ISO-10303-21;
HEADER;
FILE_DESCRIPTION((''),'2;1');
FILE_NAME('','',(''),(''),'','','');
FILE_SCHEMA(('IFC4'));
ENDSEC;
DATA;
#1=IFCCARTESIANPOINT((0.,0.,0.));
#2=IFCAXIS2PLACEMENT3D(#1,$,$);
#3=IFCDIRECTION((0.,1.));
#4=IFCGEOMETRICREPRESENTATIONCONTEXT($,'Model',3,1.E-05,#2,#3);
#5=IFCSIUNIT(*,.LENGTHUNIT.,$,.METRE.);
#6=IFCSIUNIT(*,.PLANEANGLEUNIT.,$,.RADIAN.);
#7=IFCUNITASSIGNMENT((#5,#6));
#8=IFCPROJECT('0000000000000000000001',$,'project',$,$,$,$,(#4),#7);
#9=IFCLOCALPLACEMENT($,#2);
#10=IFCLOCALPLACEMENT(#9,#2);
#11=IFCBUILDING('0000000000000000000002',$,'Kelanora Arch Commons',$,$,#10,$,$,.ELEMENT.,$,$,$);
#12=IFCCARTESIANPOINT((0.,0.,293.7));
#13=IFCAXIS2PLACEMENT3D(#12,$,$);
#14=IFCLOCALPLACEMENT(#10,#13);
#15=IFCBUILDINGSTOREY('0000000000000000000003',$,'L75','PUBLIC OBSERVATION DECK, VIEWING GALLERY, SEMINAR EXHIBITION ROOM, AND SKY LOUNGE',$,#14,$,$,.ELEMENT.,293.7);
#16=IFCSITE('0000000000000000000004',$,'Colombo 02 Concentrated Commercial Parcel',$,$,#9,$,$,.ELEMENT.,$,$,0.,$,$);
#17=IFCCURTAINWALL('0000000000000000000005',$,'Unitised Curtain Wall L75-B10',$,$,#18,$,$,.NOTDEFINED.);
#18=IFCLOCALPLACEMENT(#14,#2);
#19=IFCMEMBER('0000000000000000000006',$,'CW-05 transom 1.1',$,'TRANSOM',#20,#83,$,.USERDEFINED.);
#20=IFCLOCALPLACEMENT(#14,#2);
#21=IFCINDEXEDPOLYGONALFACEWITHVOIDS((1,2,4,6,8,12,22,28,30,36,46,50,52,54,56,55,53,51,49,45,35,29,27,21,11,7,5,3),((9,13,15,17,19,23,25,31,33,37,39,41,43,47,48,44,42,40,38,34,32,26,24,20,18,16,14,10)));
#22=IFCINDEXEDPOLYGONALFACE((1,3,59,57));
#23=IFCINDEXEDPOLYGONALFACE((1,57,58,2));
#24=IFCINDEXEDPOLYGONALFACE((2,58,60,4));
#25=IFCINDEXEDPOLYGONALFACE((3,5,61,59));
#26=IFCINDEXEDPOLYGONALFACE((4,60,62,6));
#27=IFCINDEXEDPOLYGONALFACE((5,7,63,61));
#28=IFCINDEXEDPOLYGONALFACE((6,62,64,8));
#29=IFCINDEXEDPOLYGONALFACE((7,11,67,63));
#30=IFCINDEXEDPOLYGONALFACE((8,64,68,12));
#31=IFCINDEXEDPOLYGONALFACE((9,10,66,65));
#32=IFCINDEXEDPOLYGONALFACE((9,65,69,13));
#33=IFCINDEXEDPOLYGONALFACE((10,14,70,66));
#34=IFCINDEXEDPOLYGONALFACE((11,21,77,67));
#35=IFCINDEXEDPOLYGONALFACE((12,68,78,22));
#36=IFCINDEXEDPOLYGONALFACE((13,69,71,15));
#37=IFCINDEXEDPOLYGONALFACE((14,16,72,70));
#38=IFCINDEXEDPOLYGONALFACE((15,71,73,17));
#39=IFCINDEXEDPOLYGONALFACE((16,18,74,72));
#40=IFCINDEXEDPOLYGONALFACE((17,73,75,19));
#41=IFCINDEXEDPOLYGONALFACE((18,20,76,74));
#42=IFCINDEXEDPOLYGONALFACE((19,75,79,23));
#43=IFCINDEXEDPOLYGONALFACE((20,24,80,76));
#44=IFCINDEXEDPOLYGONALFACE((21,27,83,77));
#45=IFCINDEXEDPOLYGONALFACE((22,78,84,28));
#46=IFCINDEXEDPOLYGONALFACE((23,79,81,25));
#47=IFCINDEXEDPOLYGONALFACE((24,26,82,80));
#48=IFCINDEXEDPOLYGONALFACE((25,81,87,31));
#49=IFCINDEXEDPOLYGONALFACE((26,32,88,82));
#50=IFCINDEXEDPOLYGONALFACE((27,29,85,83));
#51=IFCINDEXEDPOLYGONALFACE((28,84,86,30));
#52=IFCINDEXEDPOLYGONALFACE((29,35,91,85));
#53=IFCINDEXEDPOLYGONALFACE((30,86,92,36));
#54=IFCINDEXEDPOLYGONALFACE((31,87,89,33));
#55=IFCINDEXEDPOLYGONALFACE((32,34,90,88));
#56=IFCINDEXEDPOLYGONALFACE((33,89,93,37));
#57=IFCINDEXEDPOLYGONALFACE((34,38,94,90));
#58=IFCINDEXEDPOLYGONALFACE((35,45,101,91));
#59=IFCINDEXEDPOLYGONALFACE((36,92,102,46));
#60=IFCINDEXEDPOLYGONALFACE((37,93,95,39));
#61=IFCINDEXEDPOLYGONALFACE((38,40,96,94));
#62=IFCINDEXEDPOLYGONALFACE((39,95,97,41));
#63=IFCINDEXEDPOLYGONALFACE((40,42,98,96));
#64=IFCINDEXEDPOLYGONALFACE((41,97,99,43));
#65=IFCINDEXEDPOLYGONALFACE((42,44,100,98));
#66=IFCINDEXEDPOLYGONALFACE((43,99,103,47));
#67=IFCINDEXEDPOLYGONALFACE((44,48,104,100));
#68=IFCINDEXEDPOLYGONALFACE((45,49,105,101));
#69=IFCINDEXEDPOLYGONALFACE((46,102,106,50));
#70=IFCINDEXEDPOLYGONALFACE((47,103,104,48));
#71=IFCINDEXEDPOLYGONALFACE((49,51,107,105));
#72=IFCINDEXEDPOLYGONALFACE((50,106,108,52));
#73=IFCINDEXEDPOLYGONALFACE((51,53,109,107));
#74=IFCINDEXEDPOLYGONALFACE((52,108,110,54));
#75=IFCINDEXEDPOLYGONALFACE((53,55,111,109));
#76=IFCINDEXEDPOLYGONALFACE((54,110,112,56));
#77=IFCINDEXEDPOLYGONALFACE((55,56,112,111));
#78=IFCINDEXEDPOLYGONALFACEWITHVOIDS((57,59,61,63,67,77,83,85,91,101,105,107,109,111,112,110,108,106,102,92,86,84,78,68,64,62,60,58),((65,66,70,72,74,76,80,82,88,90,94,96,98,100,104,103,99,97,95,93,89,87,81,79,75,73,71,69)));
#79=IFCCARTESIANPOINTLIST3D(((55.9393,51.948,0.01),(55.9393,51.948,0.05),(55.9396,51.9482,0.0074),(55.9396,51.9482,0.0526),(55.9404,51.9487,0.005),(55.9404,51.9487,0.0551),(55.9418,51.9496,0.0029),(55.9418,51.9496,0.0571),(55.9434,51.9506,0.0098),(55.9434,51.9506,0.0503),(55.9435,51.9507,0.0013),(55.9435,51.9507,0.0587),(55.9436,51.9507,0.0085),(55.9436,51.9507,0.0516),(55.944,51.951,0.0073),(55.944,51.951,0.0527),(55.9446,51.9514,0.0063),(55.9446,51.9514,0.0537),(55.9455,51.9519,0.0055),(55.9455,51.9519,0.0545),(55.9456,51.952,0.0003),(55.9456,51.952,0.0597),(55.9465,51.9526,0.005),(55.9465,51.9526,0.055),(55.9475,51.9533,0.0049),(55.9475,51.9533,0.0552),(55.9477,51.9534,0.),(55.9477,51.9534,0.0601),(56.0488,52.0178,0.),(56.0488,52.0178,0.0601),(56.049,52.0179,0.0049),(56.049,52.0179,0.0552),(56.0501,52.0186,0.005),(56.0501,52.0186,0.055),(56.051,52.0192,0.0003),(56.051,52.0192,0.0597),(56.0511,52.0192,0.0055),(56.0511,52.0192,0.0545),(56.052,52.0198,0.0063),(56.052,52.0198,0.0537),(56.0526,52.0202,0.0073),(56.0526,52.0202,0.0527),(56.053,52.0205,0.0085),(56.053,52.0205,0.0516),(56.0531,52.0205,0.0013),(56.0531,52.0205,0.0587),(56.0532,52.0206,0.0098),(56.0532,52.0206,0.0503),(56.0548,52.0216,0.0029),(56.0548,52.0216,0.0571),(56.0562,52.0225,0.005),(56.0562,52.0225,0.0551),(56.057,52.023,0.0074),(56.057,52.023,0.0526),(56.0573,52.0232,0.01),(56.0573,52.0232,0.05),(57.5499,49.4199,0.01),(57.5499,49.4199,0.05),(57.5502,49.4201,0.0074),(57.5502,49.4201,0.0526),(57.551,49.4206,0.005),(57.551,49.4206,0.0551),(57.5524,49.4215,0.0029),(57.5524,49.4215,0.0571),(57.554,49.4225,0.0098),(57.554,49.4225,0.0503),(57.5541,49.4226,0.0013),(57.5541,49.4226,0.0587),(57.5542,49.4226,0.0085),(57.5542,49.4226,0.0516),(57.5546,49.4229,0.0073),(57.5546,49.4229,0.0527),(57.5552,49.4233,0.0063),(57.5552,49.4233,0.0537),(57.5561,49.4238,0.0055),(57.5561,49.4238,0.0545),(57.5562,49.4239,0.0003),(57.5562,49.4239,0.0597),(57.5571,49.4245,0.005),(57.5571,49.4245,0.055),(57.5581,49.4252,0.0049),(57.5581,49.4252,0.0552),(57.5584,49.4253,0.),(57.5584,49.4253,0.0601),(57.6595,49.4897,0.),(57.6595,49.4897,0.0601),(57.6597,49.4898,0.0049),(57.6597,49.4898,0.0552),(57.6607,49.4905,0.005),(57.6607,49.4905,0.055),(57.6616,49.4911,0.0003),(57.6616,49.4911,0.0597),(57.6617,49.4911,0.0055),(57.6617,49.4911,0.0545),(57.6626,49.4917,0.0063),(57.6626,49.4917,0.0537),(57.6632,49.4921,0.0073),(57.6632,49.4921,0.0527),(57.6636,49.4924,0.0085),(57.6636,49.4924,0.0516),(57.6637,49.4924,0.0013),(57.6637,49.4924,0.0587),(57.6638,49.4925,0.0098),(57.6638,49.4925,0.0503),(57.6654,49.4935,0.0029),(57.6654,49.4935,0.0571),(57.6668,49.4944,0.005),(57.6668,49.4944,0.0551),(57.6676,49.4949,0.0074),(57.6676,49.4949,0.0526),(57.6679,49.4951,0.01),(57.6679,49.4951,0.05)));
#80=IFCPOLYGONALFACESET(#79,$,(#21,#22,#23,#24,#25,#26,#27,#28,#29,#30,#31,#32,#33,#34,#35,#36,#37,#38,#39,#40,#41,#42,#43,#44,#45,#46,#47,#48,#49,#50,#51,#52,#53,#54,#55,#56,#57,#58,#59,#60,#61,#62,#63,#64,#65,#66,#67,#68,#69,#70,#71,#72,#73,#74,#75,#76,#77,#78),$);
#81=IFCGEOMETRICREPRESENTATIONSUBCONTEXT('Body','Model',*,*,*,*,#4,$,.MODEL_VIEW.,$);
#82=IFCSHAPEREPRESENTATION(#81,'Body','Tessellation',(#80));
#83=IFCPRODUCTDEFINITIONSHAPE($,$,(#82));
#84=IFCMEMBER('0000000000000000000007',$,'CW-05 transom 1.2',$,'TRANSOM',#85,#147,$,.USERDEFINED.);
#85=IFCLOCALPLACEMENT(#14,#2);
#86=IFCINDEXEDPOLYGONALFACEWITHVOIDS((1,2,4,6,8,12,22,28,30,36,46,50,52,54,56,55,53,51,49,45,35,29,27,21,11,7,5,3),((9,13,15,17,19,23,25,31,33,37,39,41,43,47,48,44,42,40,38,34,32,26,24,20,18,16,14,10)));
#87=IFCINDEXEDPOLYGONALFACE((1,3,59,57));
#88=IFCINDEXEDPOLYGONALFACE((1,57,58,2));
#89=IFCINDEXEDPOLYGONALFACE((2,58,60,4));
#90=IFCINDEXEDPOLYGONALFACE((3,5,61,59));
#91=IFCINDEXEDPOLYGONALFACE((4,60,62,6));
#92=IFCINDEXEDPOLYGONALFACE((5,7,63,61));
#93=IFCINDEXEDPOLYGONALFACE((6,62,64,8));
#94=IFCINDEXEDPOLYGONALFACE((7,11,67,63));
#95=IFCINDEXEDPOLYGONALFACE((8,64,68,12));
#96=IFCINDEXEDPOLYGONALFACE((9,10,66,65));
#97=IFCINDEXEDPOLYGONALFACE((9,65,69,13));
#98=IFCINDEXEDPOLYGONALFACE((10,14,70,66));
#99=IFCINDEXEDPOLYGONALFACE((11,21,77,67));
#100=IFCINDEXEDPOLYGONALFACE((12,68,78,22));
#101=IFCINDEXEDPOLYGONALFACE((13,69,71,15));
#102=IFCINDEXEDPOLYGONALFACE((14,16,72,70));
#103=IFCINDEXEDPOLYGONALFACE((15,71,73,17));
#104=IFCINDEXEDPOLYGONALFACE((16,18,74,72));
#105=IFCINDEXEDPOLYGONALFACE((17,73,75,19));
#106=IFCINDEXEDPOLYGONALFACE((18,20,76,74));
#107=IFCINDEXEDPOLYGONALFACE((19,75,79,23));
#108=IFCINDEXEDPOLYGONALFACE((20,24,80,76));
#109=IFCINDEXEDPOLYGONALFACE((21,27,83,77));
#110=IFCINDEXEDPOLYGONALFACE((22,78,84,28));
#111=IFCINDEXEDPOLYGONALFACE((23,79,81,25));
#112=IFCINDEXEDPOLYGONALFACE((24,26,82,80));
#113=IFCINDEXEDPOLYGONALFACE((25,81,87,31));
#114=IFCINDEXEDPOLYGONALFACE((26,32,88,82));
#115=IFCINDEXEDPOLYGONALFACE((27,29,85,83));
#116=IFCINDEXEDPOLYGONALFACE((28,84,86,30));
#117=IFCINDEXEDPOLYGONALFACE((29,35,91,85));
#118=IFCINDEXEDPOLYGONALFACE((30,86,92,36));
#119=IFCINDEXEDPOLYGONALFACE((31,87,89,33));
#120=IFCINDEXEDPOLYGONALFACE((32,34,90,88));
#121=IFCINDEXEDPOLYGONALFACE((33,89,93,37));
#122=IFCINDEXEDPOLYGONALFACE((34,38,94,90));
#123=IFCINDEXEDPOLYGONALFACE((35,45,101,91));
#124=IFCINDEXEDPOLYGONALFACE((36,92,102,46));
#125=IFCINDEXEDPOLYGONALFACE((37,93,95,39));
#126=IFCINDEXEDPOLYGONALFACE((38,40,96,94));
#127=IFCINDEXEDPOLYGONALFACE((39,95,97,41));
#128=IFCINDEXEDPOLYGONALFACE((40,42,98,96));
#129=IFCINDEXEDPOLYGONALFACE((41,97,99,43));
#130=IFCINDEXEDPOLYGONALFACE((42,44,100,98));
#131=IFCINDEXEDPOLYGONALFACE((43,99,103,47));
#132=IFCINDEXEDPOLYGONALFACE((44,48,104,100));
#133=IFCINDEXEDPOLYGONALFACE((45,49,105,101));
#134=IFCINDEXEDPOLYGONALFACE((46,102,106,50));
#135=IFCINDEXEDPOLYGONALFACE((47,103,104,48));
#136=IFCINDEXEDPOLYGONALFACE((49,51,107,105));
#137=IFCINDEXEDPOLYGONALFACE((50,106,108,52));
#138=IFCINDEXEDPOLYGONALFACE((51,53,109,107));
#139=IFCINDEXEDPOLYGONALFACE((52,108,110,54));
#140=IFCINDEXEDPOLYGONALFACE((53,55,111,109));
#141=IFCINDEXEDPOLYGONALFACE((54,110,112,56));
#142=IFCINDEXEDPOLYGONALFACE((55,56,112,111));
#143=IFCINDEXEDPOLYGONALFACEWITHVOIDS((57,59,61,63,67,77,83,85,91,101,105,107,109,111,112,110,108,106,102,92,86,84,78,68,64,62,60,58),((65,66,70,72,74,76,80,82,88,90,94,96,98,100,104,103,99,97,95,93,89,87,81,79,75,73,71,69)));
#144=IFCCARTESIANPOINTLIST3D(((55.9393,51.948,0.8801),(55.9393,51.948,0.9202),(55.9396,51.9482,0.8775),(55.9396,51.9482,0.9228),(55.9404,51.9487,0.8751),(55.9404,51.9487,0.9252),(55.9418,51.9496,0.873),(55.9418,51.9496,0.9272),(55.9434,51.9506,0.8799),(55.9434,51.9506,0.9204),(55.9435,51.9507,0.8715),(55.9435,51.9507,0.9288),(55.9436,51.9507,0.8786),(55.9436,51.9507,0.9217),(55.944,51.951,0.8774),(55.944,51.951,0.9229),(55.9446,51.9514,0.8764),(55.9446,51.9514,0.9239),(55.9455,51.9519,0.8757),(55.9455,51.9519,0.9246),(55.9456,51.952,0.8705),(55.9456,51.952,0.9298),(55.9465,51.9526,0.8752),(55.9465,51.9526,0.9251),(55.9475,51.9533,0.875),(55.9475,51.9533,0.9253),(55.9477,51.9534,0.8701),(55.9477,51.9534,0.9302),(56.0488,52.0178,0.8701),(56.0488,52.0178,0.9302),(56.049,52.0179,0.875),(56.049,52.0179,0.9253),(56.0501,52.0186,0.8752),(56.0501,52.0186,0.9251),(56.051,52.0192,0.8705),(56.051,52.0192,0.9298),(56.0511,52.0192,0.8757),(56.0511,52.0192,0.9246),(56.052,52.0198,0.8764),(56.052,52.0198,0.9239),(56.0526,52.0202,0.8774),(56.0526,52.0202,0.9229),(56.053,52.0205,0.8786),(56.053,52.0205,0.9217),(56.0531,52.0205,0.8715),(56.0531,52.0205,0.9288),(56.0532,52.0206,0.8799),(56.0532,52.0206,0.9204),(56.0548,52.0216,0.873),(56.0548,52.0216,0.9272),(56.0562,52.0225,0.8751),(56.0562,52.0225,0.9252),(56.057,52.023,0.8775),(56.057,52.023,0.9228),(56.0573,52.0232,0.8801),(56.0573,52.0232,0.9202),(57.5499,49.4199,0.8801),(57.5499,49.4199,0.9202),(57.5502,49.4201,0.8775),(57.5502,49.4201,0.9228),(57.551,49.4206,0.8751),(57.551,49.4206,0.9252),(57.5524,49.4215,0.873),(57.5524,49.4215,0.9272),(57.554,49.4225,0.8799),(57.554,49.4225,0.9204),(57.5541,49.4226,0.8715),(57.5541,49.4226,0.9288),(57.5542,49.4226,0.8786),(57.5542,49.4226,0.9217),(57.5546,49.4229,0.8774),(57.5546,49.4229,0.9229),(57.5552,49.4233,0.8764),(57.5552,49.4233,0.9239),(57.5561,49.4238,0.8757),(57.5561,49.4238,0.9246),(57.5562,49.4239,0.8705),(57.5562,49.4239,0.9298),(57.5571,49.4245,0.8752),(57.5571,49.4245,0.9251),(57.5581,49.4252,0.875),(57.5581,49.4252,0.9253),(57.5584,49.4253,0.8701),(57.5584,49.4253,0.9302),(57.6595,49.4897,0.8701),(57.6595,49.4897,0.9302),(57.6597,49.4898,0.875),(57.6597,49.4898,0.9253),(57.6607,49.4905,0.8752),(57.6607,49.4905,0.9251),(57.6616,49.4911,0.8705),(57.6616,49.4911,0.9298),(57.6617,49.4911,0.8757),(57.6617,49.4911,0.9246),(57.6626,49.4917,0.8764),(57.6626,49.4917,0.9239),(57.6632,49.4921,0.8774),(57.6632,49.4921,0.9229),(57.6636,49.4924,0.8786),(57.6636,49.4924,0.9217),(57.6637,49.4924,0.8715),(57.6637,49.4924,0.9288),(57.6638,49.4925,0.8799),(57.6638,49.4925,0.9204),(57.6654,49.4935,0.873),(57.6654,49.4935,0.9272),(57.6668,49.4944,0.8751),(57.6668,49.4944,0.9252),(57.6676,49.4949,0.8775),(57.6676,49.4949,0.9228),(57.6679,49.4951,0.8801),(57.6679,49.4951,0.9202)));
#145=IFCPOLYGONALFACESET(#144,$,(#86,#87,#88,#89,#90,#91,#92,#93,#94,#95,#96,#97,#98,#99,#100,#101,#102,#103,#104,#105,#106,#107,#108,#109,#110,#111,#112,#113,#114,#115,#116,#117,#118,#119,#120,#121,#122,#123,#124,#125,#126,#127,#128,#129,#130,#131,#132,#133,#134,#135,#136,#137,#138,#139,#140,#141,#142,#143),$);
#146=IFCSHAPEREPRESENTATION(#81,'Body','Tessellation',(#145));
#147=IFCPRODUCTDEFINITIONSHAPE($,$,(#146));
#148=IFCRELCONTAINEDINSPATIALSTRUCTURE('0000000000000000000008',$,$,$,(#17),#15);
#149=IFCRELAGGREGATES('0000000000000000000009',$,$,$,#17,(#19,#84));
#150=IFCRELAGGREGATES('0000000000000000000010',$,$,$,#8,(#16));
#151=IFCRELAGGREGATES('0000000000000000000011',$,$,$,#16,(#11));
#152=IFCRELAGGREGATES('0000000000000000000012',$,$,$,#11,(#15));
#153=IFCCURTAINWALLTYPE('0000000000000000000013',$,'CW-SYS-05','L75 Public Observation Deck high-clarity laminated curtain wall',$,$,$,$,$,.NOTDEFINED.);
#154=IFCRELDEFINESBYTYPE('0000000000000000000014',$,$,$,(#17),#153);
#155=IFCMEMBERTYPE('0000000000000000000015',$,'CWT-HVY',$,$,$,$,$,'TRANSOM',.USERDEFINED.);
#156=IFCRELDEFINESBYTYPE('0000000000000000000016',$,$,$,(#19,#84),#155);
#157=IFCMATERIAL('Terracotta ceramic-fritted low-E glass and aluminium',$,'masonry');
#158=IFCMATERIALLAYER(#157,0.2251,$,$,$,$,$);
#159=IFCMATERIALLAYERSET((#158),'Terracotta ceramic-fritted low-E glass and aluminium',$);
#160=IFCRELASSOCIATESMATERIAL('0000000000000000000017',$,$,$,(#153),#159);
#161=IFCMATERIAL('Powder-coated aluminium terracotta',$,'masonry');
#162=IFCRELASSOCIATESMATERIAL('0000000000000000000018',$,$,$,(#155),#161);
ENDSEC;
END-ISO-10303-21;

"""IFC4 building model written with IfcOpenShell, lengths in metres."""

from ifc_helpers import new_model, si_unit, direction, frame, origin, origin_2d, place, context, subcontext, project, spatial, hollow_rectangle, extrude, material, layer, layer_set, material_profile, profile_set, type_object, element, aggregate, save


model = new_model("IFC4")

# Units and contexts
model_context = context("Model", 3, precision=1e-05, world=origin(), true_north=direction((0.0, 1.0)))
body_context = subcontext(model_context, "Body", "Model", "MODEL_VIEW")
ifc_project = project(units=[si_unit("LENGTHUNIT", "METRE"), si_unit("PLANEANGLEUNIT", "RADIAN")], contexts=[model_context])

# Site, building, storey
site_placement = place(None, origin())
site = spatial("IfcSite", under=ifc_project, at=site_placement, Name="Colombo 02 Concentrated Commercial Parcel", CompositionType="ELEMENT", RefElevation=0.0)
building_placement = place(site_placement, origin())
building = spatial("IfcBuilding", under=site, at=building_placement, Name="Kelanora Arch Commons", CompositionType="ELEMENT")
storey_placement = place(building_placement, frame((0.0, 0.0, 293.7)))
storey = spatial("IfcBuildingStorey", under=building, at=storey_placement, Name="L75", Description="PUBLIC OBSERVATION DECK, VIEWING GALLERY, SEMINAR EXHIBITION ROOM, AND SKY LOUNGE", CompositionType="ELEMENT", Elevation=293.7)

# Shared definitions
ifc_material_1 = material(Name="Terracotta ceramic-fritted low-E glass and aluminium", Category="masonry")
ifc_layer_1 = layer(ifc_material_1, 0.2251)
ifc_layer_set_1 = layer_set([ifc_layer_1], Name="Terracotta ceramic-fritted low-E glass and aluminium")
curtain_wall_type = type_object("IfcCurtainWallType", Name="CW-SYS-05", Description="L75 Public Observation Deck high-clarity laminated curtain wall", PredefinedType="NOTDEFINED", material=ifc_layer_set_1)
ifc_material_2 = material(Name="Powder-coated aluminium terracotta", Category="masonry")

# Curtain wall
curtain_wall_1_placement = place(storey_placement, origin())
curtain_wall_1 = element("IfcCurtainWall", 1, at=curtain_wall_1_placement, inside=storey, type_object=curtain_wall_type, Name="Unitised Curtain Wall L75-B10", PredefinedType="NOTDEFINED")

# Members
ifc_material_profile_1 = material_profile(ifc_material_2, hollow_rectangle(XDim=0.1399, YDim=0.0601, WallThickness=0.0049, InnerFilletRadius=0.0049, OuterFilletRadius=0.01, at=origin_2d()), Name="CWT140x60")
ifc_profile_set_1 = profile_set([ifc_material_profile_1], Name="Powder-coated aluminium terracotta")
member_type_1 = type_object("IfcMemberType", Name="CWT-HVY", ElementType="TRANSOM", PredefinedType="USERDEFINED", material=ifc_profile_set_1)
member_1_placement = place(storey_placement, frame((55.9983, 51.9856, 0.03), z_axis=(0.537308, -0.843386, 0.0), x_axis=(0.843386, 0.537308, 0.0)))
member_1 = element("IfcMember", 2, at=member_1_placement, type_object=member_type_1, Name="CW-05 transom 1.1", ObjectType="TRANSOM", PredefinedType="USERDEFINED", context=body_context, shape_type="SweptSolid", body=[
    extrude(hollow_rectangle(XDim=0.1399, YDim=0.0601, WallThickness=0.0049, InnerFilletRadius=0.0049, OuterFilletRadius=0.01, at=origin_2d()), origin(), (0.0, 0.0, 1.0), 2.9976),
])
member_2_placement = place(storey_placement, frame((55.9983, 51.9856, 0.9001), z_axis=(0.537308, -0.843386, 0.0), x_axis=(0.843386, 0.537308, 0.0)))
member_2 = element("IfcMember", 3, at=member_2_placement, type_object=member_type_1, Name="CW-05 transom 1.2", ObjectType="TRANSOM", PredefinedType="USERDEFINED", context=body_context, shape_type="SweptSolid", body=[
    extrude(hollow_rectangle(XDim=0.1399, YDim=0.0601, WallThickness=0.0049, InnerFilletRadius=0.0049, OuterFilletRadius=0.01, at=origin_2d()), origin(), (0.0, 0.0, 1.0), 2.9976),
])
aggregate(curtain_wall_1, [member_1, member_2])

save(model, "model.ifc")
